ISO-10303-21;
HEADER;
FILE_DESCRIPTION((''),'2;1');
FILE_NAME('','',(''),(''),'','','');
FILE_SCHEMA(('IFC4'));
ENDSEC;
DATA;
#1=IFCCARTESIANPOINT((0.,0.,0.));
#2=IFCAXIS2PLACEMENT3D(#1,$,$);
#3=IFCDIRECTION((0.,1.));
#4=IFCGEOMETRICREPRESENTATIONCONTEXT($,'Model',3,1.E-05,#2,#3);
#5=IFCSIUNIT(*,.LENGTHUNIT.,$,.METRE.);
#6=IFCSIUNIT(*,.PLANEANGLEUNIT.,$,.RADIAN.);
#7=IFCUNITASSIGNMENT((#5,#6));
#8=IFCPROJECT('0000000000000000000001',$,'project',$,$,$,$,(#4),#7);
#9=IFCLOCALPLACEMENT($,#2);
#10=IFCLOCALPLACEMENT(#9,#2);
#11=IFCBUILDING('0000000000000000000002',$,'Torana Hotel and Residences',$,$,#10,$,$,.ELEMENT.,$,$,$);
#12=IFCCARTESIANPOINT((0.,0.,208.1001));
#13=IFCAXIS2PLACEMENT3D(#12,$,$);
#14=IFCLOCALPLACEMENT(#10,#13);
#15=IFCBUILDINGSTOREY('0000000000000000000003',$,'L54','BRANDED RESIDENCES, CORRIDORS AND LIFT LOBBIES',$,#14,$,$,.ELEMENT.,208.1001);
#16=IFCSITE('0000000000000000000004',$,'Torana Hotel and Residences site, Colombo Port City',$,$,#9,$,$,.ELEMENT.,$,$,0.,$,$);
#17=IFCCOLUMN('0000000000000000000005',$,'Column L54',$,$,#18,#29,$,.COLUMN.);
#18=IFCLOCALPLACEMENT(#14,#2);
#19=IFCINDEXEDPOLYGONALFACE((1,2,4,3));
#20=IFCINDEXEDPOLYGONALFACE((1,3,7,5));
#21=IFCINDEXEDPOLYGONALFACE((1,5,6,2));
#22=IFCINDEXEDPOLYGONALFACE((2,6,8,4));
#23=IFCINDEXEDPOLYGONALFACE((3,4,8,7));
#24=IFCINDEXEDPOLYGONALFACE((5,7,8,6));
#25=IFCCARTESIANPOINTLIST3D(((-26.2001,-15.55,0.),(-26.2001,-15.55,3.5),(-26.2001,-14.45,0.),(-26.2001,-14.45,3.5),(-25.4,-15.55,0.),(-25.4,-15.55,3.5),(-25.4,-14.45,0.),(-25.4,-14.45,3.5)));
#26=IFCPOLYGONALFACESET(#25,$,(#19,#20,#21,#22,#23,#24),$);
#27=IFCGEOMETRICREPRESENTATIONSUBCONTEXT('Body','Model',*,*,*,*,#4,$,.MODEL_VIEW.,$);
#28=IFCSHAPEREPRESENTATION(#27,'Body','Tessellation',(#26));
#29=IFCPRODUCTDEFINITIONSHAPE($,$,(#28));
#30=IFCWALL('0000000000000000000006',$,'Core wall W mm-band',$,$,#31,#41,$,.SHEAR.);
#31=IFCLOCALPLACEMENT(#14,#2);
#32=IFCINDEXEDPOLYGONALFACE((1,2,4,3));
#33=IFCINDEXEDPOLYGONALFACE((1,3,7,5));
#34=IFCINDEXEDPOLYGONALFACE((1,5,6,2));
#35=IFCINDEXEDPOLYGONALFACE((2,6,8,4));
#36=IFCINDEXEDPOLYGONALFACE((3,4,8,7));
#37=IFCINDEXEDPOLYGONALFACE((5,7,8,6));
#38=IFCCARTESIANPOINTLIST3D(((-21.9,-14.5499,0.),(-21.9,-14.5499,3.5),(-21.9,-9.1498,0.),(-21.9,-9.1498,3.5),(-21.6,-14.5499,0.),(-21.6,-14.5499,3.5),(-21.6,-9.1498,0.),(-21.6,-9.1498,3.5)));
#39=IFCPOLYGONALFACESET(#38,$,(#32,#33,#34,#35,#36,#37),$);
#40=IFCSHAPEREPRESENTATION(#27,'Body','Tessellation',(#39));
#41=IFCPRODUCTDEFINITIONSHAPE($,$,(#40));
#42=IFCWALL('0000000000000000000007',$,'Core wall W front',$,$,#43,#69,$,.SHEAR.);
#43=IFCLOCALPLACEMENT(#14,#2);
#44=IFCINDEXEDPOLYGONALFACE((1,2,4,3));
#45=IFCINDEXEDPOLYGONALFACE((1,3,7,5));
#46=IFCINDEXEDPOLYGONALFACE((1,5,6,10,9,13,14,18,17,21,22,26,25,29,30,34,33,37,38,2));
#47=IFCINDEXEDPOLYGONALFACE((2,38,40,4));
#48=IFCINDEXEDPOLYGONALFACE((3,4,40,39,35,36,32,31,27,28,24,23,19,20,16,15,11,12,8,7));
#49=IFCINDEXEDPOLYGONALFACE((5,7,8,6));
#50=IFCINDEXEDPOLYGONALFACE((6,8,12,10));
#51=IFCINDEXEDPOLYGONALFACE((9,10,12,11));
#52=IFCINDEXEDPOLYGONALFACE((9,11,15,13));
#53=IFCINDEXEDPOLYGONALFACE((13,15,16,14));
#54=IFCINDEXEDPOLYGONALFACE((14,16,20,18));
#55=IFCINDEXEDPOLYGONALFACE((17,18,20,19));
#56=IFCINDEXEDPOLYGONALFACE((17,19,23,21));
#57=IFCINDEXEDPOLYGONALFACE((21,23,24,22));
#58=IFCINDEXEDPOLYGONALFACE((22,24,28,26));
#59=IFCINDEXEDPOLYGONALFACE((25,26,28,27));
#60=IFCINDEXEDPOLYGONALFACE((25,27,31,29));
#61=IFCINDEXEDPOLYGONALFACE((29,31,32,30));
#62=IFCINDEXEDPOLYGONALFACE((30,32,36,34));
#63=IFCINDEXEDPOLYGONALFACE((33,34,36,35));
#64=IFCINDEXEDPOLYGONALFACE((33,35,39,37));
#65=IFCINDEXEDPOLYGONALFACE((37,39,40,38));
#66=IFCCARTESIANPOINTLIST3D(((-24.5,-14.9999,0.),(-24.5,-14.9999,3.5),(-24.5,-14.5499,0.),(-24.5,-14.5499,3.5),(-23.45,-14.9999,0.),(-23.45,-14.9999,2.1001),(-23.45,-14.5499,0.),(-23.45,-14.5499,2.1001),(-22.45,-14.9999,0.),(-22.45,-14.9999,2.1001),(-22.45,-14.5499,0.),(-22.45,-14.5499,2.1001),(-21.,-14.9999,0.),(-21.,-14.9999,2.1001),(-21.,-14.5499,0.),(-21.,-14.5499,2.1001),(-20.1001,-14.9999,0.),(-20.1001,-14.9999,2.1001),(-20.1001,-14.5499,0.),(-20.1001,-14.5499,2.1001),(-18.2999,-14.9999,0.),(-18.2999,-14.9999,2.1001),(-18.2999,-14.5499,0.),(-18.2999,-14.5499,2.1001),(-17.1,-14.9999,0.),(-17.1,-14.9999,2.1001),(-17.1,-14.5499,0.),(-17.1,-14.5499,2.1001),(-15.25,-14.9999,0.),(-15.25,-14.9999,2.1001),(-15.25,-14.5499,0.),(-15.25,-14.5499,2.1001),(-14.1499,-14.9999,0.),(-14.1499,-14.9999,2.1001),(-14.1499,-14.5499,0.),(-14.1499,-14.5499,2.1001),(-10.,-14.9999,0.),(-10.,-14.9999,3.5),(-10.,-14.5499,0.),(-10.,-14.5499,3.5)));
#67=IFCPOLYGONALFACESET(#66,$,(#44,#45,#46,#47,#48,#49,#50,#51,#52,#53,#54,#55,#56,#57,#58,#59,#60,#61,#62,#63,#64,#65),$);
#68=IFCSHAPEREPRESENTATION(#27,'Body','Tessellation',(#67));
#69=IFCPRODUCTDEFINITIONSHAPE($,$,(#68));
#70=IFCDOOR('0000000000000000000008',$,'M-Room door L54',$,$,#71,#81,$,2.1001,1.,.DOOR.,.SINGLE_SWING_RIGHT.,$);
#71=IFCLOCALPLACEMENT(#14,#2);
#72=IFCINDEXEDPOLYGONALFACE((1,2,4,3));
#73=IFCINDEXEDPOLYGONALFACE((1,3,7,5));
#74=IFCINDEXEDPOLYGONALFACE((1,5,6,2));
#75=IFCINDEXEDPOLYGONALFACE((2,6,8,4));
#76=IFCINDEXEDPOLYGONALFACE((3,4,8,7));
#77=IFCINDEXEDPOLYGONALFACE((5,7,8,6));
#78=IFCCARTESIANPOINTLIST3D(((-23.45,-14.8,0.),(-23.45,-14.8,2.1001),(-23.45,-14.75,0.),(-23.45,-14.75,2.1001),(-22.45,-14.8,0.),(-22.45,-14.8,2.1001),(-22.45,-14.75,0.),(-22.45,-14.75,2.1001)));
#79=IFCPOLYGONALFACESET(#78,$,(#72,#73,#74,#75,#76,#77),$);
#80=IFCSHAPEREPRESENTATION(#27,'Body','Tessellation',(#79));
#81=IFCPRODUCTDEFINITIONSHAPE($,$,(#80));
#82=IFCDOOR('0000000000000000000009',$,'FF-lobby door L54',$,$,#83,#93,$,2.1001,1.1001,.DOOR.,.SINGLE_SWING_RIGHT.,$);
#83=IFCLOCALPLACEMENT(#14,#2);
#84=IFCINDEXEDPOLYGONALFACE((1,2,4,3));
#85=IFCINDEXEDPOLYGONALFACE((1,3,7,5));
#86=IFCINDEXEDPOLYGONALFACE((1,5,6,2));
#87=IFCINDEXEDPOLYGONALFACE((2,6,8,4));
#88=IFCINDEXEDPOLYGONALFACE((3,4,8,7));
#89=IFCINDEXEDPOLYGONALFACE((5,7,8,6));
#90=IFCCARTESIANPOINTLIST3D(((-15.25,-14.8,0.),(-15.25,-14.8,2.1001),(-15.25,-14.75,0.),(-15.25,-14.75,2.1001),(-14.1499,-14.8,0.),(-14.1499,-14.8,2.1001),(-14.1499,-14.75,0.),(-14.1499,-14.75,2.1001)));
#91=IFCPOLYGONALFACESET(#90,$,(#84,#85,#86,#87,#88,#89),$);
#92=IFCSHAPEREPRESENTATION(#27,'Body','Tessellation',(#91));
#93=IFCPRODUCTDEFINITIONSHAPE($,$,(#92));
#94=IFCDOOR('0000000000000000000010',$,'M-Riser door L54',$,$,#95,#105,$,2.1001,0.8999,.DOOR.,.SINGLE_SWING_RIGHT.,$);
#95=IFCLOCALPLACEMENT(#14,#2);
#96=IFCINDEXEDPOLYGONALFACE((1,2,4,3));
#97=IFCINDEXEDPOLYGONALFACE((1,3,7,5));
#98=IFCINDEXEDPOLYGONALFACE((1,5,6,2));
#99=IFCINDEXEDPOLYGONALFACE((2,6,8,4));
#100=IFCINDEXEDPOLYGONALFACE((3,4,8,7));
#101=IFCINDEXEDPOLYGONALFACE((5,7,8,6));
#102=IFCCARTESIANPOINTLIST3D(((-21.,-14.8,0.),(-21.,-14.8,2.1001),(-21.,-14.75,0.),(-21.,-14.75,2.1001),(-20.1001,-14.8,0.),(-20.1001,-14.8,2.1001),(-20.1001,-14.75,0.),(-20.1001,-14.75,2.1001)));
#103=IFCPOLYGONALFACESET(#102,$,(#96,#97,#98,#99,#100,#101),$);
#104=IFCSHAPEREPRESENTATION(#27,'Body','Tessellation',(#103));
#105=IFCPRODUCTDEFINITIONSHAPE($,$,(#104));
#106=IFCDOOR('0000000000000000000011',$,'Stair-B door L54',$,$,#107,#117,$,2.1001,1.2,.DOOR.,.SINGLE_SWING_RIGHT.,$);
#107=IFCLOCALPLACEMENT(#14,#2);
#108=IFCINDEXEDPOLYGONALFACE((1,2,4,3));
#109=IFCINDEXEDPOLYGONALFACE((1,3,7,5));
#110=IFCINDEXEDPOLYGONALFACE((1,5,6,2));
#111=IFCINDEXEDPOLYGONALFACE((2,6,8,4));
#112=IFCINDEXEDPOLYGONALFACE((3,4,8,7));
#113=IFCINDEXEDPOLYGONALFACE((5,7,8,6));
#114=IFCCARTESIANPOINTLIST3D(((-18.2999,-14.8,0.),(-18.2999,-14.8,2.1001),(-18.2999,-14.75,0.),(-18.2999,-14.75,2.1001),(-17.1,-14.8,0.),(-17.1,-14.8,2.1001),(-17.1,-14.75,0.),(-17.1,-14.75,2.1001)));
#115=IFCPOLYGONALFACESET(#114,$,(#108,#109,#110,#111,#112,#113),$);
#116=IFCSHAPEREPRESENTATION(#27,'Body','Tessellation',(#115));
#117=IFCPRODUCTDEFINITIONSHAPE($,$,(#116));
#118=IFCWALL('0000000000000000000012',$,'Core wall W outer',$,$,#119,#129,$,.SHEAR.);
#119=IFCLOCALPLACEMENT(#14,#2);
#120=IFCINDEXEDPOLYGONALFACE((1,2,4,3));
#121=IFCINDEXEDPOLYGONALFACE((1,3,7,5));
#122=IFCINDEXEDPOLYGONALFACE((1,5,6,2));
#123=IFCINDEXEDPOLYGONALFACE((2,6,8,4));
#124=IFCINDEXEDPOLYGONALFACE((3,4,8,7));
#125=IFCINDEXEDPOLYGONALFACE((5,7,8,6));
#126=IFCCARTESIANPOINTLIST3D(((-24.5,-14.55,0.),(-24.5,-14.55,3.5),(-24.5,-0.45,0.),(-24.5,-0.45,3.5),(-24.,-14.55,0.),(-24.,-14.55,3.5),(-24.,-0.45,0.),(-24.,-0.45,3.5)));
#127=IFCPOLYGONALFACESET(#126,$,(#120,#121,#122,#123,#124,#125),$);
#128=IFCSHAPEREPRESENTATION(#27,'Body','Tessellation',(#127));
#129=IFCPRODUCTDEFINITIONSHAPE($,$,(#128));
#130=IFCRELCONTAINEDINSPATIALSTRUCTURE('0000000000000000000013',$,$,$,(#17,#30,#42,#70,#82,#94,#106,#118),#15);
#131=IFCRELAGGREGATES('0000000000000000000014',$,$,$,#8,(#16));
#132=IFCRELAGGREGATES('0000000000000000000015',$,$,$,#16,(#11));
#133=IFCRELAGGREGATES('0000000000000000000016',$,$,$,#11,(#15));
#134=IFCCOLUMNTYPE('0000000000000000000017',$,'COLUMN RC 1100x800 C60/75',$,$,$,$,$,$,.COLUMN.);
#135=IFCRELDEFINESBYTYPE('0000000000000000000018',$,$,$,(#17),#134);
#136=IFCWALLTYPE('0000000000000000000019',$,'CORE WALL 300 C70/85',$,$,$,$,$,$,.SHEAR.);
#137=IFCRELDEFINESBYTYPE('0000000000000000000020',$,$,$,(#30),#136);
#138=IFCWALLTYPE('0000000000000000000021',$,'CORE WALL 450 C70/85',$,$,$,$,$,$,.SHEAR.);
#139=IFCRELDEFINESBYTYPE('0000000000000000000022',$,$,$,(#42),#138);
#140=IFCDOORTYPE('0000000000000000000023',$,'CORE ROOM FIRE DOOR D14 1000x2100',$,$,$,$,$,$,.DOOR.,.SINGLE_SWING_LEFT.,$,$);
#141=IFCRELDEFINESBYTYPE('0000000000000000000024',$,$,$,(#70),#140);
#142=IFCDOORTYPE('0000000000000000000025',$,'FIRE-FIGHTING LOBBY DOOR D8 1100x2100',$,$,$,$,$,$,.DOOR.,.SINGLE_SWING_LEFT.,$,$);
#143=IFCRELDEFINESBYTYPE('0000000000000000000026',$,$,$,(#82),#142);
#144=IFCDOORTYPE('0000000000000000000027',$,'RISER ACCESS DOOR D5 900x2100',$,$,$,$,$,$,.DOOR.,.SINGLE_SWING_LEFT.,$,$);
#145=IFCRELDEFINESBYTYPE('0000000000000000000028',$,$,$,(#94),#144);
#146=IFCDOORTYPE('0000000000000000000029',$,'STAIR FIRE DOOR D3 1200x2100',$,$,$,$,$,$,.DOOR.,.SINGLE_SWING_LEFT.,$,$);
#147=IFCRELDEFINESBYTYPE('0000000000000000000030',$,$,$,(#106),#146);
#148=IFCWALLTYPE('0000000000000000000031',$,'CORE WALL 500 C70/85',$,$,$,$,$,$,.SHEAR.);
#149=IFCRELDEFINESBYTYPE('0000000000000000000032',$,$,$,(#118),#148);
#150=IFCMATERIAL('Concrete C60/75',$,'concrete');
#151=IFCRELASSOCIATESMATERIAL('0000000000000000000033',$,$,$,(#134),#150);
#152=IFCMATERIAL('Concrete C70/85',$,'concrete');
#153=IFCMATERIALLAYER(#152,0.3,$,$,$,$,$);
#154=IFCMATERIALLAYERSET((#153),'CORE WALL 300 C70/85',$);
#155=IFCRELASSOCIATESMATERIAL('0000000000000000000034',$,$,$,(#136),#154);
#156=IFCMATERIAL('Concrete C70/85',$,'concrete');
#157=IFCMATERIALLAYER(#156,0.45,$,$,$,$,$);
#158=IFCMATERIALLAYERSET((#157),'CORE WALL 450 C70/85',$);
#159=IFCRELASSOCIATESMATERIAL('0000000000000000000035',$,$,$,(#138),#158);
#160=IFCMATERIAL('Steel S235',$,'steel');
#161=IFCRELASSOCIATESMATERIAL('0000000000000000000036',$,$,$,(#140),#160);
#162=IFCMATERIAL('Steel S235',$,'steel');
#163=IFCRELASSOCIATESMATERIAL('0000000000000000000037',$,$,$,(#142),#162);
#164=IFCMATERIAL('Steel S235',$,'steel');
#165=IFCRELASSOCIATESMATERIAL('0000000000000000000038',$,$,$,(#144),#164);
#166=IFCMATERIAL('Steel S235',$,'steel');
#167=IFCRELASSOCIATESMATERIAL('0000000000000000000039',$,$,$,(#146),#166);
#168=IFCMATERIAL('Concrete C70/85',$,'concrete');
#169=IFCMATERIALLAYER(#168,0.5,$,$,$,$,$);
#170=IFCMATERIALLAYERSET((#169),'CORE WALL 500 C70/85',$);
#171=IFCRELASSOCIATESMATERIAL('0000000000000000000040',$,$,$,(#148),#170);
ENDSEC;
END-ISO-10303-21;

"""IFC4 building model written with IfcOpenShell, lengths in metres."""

from ifc_helpers import new_model, si_unit, direction, frame, frame_2d, origin, origin_2d, place, context, subcontext, project, spatial, rectangle, extrude, material, layer, layer_set, material_profile, profile_set, type_object, element, fill, save


model = new_model("IFC4")

# Units and contexts
model_context = context("Model", 3, precision=1e-05, world=origin(), true_north=direction((0.0, 1.0)))
body_context = subcontext(model_context, "Body", "Model", "MODEL_VIEW")
ifc_project = project(units=[si_unit("LENGTHUNIT", "METRE"), si_unit("PLANEANGLEUNIT", "RADIAN")], contexts=[model_context])

# Site, building, storey
site_placement = place(None, origin())
site = spatial("IfcSite", under=ifc_project, at=site_placement, Name="Torana Hotel and Residences site, Colombo Port City", CompositionType="ELEMENT", RefElevation=0.0)
building_placement = place(site_placement, origin())
building = spatial("IfcBuilding", under=site, at=building_placement, Name="Torana Hotel and Residences", CompositionType="ELEMENT")
storey_placement = place(building_placement, frame((0.0, 0.0, 208.1001)))
storey = spatial("IfcBuildingStorey", under=building, at=storey_placement, Name="L54", Description="BRANDED RESIDENCES, CORRIDORS AND LIFT LOBBIES", CompositionType="ELEMENT", Elevation=208.1001)

# Column
ifc_material_1 = material(Name="Concrete C60/75", Category="concrete")
ifc_material_profile = material_profile(ifc_material_1, rectangle(XDim=1.1001, YDim=0.8, at=origin_2d()), Name="RC 1100x800")
ifc_profile_set = profile_set([ifc_material_profile], Name="Concrete C60/75")
column_type = type_object("IfcColumnType", Name="COLUMN RC 1100x800 C60/75", PredefinedType="COLUMN", material=ifc_profile_set)
column_placement = place(storey_placement, frame((-25.8, -15.0, 0.0), z_axis=(0.0, 0.0, 1.0), x_axis=(0.0, 1.0, 0.0)))
element("IfcColumn", 1, at=column_placement, inside=storey, type_object=column_type, Name="Column L54", PredefinedType="COLUMN", context=body_context, shape_type="SweptSolid", body=[
    extrude(rectangle(XDim=1.1001, YDim=0.8, at=origin_2d()), origin(), (0.0, 0.0, 1.0), 3.5),
])

# Wall
ifc_material_2 = material(Name="Concrete C70/85", Category="concrete")
ifc_layer_1 = layer(ifc_material_2, 0.3)
ifc_layer_set_1 = layer_set([ifc_layer_1], Name="CORE WALL 300 C70/85")
wall_type_1 = type_object("IfcWallType", Name="CORE WALL 300 C70/85", PredefinedType="SHEAR", material=ifc_layer_set_1)
wall_1_placement = place(storey_placement, frame((-21.75, -14.55, 0.0), z_axis=(0.0, 0.0, 1.0), x_axis=(0.0, 1.0, 0.0)))
element("IfcWall", 2, at=wall_1_placement, inside=storey, type_object=wall_type_1, Name="Core wall W mm-band", PredefinedType="SHEAR", context=body_context, shape_type="SweptSolid", body=[
    extrude(rectangle(XDim=5.4001, YDim=0.3, at=frame_2d((2.7002, 0.0))), origin(), (0.0, 0.0, 1.0), 3.5),
])

# Wall, openings, doors
ifc_material_3 = material(Name="Concrete C70/85", Category="concrete")
ifc_layer_2 = layer(ifc_material_3, 0.45)
ifc_layer_set_2 = layer_set([ifc_layer_2], Name="CORE WALL 450 C70/85")
wall_type_2 = type_object("IfcWallType", Name="CORE WALL 450 C70/85", PredefinedType="SHEAR", material=ifc_layer_set_2)
wall_2_placement = place(storey_placement, frame((-24.5, -14.7749, 0.0), z_axis=(0.0, 0.0, 1.0), x_axis=(1.0, 0.0, 0.0)))
wall_2 = element("IfcWall", 3, at=wall_2_placement, inside=storey, type_object=wall_type_2, Name="Core wall W front", PredefinedType="SHEAR", context=body_context, shape_type="SweptSolid", body=[
    extrude(rectangle(XDim=14.5, YDim=0.45, at=frame_2d((7.25, 0.0))), origin(), (0.0, 0.0, 1.0), 3.5),
])
opening_1_placement = place(wall_2_placement, frame((6.2, 0.0, 0.0)))
opening_1 = element("IfcOpeningElement", 4, at=opening_1_placement, cuts=wall_2, PredefinedType="OPENING", context=body_context, shape_type="SweptSolid", body=[
    extrude(rectangle(XDim=1.2, YDim=2.1001, at=frame_2d((0.6001, 1.05))), frame((0.0, 0.2349, 0.0), z_axis=(0.0, -1.0, 0.0), x_axis=(1.0, 0.0, 0.0)), (0.0, 0.0, 1.0), 0.47),
])
opening_2_placement = place(wall_2_placement, frame((9.25, 0.0, 0.0)))
opening_2 = element("IfcOpeningElement", 5, at=opening_2_placement, cuts=wall_2, PredefinedType="OPENING", context=body_context, shape_type="SweptSolid", body=[
    extrude(rectangle(XDim=1.1001, YDim=2.1001, at=frame_2d((0.55, 1.05))), frame((0.0, 0.2349, 0.0), z_axis=(0.0, -1.0, 0.0), x_axis=(1.0, 0.0, 0.0)), (0.0, 0.0, 1.0), 0.47),
])
opening_3_placement = place(wall_2_placement, frame((3.5, 0.0, 0.0)))
opening_3 = element("IfcOpeningElement", 6, at=opening_3_placement, cuts=wall_2, PredefinedType="OPENING", context=body_context, shape_type="SweptSolid", body=[
    extrude(rectangle(XDim=0.8999, YDim=2.1001, at=frame_2d((0.45, 1.05))), frame((0.0, 0.2349, 0.0), z_axis=(0.0, -1.0, 0.0), x_axis=(1.0, 0.0, 0.0)), (0.0, 0.0, 1.0), 0.47),
])
opening_4_placement = place(wall_2_placement, frame((1.05, 0.0, 0.0)))
opening_4 = element("IfcOpeningElement", 7, at=opening_4_placement, cuts=wall_2, PredefinedType="OPENING", context=body_context, shape_type="SweptSolid", body=[
    extrude(rectangle(XDim=1.0, YDim=2.1001, at=frame_2d((0.5, 1.05))), frame((0.0, 0.2349, 0.0), z_axis=(0.0, -1.0, 0.0), x_axis=(1.0, 0.0, 0.0)), (0.0, 0.0, 1.0), 0.47),
])
ifc_material_4 = material(Name="Steel S235", Category="steel")
door_type_1 = type_object("IfcDoorType", Name="CORE ROOM FIRE DOOR D14 1000x2100", OperationType="SINGLE_SWING_LEFT", PredefinedType="DOOR", material=ifc_material_4)
door_1_placement = place(opening_4_placement, origin())
door_1 = element("IfcDoor", 8, at=door_1_placement, inside=storey, type_object=door_type_1, Name="M-Room door L54", OperationType="SINGLE_SWING_RIGHT", OverallHeight=2.1001, OverallWidth=1.0, PredefinedType="DOOR", context=body_context, shape_type="SweptSolid", body=[
    extrude(rectangle(XDim=1.0, YDim=2.1001, at=frame_2d((0.5, 1.05))), frame((0.0, 0.0249, 0.0), z_axis=(0.0, -1.0, 0.0), x_axis=(1.0, 0.0, 0.0)), (0.0, 0.0, 1.0), 0.05),
])
fill(opening_4, door_1)
ifc_material_5 = material(Name="Steel S235", Category="steel")
door_type_2 = type_object("IfcDoorType", Name="FIRE-FIGHTING LOBBY DOOR D8 1100x2100", OperationType="SINGLE_SWING_LEFT", PredefinedType="DOOR", material=ifc_material_5)
door_2_placement = place(opening_2_placement, origin())
door_2 = element("IfcDoor", 9, at=door_2_placement, inside=storey, type_object=door_type_2, Name="FF-lobby door L54", OperationType="SINGLE_SWING_RIGHT", OverallHeight=2.1001, OverallWidth=1.1001, PredefinedType="DOOR", context=body_context, shape_type="SweptSolid", body=[
    extrude(rectangle(XDim=1.1001, YDim=2.1001, at=frame_2d((0.55, 1.05))), frame((0.0, 0.0249, 0.0), z_axis=(0.0, -1.0, 0.0), x_axis=(1.0, 0.0, 0.0)), (0.0, 0.0, 1.0), 0.05),
])
fill(opening_2, door_2)
ifc_material_6 = material(Name="Steel S235", Category="steel")
door_type_3 = type_object("IfcDoorType", Name="RISER ACCESS DOOR D5 900x2100", OperationType="SINGLE_SWING_LEFT", PredefinedType="DOOR", material=ifc_material_6)
door_3_placement = place(opening_3_placement, origin())
door_3 = element("IfcDoor", 10, at=door_3_placement, inside=storey, type_object=door_type_3, Name="M-Riser door L54", OperationType="SINGLE_SWING_RIGHT", OverallHeight=2.1001, OverallWidth=0.8999, PredefinedType="DOOR", context=body_context, shape_type="SweptSolid", body=[
    extrude(rectangle(XDim=0.8999, YDim=2.1001, at=frame_2d((0.45, 1.05))), frame((0.0, 0.0249, 0.0), z_axis=(0.0, -1.0, 0.0), x_axis=(1.0, 0.0, 0.0)), (0.0, 0.0, 1.0), 0.05),
])
fill(opening_3, door_3)
ifc_material_7 = material(Name="Steel S235", Category="steel")
door_type_4 = type_object("IfcDoorType", Name="STAIR FIRE DOOR D3 1200x2100", OperationType="SINGLE_SWING_LEFT", PredefinedType="DOOR", material=ifc_material_7)
door_4_placement = place(opening_1_placement, origin())
door_4 = element("IfcDoor", 11, at=door_4_placement, inside=storey, type_object=door_type_4, Name="Stair-B door L54", OperationType="SINGLE_SWING_RIGHT", OverallHeight=2.1001, OverallWidth=1.2, PredefinedType="DOOR", context=body_context, shape_type="SweptSolid", body=[
    extrude(rectangle(XDim=1.2, YDim=2.1001, at=frame_2d((0.6001, 1.05))), frame((0.0, 0.0249, 0.0), z_axis=(0.0, -1.0, 0.0), x_axis=(1.0, 0.0, 0.0)), (0.0, 0.0, 1.0), 0.05),
])
fill(opening_1, door_4)

# Wall
ifc_material_8 = material(Name="Concrete C70/85", Category="concrete")
ifc_layer_3 = layer(ifc_material_8, 0.5)
ifc_layer_set_3 = layer_set([ifc_layer_3], Name="CORE WALL 500 C70/85")
wall_type_3 = type_object("IfcWallType", Name="CORE WALL 500 C70/85", PredefinedType="SHEAR", material=ifc_layer_set_3)
wall_3_placement = place(storey_placement, frame((-24.25, -14.55, 0.0), z_axis=(0.0, 0.0, 1.0), x_axis=(0.0, 1.0, 0.0)))
element("IfcWall", 12, at=wall_3_placement, inside=storey, type_object=wall_type_3, Name="Core wall W outer", PredefinedType="SHEAR", context=body_context, shape_type="SweptSolid", body=[
    extrude(rectangle(XDim=14.1001, YDim=0.5, at=frame_2d((7.05, 0.0))), origin(), (0.0, 0.0, 1.0), 3.5),
])

save(model, "model.ifc")
